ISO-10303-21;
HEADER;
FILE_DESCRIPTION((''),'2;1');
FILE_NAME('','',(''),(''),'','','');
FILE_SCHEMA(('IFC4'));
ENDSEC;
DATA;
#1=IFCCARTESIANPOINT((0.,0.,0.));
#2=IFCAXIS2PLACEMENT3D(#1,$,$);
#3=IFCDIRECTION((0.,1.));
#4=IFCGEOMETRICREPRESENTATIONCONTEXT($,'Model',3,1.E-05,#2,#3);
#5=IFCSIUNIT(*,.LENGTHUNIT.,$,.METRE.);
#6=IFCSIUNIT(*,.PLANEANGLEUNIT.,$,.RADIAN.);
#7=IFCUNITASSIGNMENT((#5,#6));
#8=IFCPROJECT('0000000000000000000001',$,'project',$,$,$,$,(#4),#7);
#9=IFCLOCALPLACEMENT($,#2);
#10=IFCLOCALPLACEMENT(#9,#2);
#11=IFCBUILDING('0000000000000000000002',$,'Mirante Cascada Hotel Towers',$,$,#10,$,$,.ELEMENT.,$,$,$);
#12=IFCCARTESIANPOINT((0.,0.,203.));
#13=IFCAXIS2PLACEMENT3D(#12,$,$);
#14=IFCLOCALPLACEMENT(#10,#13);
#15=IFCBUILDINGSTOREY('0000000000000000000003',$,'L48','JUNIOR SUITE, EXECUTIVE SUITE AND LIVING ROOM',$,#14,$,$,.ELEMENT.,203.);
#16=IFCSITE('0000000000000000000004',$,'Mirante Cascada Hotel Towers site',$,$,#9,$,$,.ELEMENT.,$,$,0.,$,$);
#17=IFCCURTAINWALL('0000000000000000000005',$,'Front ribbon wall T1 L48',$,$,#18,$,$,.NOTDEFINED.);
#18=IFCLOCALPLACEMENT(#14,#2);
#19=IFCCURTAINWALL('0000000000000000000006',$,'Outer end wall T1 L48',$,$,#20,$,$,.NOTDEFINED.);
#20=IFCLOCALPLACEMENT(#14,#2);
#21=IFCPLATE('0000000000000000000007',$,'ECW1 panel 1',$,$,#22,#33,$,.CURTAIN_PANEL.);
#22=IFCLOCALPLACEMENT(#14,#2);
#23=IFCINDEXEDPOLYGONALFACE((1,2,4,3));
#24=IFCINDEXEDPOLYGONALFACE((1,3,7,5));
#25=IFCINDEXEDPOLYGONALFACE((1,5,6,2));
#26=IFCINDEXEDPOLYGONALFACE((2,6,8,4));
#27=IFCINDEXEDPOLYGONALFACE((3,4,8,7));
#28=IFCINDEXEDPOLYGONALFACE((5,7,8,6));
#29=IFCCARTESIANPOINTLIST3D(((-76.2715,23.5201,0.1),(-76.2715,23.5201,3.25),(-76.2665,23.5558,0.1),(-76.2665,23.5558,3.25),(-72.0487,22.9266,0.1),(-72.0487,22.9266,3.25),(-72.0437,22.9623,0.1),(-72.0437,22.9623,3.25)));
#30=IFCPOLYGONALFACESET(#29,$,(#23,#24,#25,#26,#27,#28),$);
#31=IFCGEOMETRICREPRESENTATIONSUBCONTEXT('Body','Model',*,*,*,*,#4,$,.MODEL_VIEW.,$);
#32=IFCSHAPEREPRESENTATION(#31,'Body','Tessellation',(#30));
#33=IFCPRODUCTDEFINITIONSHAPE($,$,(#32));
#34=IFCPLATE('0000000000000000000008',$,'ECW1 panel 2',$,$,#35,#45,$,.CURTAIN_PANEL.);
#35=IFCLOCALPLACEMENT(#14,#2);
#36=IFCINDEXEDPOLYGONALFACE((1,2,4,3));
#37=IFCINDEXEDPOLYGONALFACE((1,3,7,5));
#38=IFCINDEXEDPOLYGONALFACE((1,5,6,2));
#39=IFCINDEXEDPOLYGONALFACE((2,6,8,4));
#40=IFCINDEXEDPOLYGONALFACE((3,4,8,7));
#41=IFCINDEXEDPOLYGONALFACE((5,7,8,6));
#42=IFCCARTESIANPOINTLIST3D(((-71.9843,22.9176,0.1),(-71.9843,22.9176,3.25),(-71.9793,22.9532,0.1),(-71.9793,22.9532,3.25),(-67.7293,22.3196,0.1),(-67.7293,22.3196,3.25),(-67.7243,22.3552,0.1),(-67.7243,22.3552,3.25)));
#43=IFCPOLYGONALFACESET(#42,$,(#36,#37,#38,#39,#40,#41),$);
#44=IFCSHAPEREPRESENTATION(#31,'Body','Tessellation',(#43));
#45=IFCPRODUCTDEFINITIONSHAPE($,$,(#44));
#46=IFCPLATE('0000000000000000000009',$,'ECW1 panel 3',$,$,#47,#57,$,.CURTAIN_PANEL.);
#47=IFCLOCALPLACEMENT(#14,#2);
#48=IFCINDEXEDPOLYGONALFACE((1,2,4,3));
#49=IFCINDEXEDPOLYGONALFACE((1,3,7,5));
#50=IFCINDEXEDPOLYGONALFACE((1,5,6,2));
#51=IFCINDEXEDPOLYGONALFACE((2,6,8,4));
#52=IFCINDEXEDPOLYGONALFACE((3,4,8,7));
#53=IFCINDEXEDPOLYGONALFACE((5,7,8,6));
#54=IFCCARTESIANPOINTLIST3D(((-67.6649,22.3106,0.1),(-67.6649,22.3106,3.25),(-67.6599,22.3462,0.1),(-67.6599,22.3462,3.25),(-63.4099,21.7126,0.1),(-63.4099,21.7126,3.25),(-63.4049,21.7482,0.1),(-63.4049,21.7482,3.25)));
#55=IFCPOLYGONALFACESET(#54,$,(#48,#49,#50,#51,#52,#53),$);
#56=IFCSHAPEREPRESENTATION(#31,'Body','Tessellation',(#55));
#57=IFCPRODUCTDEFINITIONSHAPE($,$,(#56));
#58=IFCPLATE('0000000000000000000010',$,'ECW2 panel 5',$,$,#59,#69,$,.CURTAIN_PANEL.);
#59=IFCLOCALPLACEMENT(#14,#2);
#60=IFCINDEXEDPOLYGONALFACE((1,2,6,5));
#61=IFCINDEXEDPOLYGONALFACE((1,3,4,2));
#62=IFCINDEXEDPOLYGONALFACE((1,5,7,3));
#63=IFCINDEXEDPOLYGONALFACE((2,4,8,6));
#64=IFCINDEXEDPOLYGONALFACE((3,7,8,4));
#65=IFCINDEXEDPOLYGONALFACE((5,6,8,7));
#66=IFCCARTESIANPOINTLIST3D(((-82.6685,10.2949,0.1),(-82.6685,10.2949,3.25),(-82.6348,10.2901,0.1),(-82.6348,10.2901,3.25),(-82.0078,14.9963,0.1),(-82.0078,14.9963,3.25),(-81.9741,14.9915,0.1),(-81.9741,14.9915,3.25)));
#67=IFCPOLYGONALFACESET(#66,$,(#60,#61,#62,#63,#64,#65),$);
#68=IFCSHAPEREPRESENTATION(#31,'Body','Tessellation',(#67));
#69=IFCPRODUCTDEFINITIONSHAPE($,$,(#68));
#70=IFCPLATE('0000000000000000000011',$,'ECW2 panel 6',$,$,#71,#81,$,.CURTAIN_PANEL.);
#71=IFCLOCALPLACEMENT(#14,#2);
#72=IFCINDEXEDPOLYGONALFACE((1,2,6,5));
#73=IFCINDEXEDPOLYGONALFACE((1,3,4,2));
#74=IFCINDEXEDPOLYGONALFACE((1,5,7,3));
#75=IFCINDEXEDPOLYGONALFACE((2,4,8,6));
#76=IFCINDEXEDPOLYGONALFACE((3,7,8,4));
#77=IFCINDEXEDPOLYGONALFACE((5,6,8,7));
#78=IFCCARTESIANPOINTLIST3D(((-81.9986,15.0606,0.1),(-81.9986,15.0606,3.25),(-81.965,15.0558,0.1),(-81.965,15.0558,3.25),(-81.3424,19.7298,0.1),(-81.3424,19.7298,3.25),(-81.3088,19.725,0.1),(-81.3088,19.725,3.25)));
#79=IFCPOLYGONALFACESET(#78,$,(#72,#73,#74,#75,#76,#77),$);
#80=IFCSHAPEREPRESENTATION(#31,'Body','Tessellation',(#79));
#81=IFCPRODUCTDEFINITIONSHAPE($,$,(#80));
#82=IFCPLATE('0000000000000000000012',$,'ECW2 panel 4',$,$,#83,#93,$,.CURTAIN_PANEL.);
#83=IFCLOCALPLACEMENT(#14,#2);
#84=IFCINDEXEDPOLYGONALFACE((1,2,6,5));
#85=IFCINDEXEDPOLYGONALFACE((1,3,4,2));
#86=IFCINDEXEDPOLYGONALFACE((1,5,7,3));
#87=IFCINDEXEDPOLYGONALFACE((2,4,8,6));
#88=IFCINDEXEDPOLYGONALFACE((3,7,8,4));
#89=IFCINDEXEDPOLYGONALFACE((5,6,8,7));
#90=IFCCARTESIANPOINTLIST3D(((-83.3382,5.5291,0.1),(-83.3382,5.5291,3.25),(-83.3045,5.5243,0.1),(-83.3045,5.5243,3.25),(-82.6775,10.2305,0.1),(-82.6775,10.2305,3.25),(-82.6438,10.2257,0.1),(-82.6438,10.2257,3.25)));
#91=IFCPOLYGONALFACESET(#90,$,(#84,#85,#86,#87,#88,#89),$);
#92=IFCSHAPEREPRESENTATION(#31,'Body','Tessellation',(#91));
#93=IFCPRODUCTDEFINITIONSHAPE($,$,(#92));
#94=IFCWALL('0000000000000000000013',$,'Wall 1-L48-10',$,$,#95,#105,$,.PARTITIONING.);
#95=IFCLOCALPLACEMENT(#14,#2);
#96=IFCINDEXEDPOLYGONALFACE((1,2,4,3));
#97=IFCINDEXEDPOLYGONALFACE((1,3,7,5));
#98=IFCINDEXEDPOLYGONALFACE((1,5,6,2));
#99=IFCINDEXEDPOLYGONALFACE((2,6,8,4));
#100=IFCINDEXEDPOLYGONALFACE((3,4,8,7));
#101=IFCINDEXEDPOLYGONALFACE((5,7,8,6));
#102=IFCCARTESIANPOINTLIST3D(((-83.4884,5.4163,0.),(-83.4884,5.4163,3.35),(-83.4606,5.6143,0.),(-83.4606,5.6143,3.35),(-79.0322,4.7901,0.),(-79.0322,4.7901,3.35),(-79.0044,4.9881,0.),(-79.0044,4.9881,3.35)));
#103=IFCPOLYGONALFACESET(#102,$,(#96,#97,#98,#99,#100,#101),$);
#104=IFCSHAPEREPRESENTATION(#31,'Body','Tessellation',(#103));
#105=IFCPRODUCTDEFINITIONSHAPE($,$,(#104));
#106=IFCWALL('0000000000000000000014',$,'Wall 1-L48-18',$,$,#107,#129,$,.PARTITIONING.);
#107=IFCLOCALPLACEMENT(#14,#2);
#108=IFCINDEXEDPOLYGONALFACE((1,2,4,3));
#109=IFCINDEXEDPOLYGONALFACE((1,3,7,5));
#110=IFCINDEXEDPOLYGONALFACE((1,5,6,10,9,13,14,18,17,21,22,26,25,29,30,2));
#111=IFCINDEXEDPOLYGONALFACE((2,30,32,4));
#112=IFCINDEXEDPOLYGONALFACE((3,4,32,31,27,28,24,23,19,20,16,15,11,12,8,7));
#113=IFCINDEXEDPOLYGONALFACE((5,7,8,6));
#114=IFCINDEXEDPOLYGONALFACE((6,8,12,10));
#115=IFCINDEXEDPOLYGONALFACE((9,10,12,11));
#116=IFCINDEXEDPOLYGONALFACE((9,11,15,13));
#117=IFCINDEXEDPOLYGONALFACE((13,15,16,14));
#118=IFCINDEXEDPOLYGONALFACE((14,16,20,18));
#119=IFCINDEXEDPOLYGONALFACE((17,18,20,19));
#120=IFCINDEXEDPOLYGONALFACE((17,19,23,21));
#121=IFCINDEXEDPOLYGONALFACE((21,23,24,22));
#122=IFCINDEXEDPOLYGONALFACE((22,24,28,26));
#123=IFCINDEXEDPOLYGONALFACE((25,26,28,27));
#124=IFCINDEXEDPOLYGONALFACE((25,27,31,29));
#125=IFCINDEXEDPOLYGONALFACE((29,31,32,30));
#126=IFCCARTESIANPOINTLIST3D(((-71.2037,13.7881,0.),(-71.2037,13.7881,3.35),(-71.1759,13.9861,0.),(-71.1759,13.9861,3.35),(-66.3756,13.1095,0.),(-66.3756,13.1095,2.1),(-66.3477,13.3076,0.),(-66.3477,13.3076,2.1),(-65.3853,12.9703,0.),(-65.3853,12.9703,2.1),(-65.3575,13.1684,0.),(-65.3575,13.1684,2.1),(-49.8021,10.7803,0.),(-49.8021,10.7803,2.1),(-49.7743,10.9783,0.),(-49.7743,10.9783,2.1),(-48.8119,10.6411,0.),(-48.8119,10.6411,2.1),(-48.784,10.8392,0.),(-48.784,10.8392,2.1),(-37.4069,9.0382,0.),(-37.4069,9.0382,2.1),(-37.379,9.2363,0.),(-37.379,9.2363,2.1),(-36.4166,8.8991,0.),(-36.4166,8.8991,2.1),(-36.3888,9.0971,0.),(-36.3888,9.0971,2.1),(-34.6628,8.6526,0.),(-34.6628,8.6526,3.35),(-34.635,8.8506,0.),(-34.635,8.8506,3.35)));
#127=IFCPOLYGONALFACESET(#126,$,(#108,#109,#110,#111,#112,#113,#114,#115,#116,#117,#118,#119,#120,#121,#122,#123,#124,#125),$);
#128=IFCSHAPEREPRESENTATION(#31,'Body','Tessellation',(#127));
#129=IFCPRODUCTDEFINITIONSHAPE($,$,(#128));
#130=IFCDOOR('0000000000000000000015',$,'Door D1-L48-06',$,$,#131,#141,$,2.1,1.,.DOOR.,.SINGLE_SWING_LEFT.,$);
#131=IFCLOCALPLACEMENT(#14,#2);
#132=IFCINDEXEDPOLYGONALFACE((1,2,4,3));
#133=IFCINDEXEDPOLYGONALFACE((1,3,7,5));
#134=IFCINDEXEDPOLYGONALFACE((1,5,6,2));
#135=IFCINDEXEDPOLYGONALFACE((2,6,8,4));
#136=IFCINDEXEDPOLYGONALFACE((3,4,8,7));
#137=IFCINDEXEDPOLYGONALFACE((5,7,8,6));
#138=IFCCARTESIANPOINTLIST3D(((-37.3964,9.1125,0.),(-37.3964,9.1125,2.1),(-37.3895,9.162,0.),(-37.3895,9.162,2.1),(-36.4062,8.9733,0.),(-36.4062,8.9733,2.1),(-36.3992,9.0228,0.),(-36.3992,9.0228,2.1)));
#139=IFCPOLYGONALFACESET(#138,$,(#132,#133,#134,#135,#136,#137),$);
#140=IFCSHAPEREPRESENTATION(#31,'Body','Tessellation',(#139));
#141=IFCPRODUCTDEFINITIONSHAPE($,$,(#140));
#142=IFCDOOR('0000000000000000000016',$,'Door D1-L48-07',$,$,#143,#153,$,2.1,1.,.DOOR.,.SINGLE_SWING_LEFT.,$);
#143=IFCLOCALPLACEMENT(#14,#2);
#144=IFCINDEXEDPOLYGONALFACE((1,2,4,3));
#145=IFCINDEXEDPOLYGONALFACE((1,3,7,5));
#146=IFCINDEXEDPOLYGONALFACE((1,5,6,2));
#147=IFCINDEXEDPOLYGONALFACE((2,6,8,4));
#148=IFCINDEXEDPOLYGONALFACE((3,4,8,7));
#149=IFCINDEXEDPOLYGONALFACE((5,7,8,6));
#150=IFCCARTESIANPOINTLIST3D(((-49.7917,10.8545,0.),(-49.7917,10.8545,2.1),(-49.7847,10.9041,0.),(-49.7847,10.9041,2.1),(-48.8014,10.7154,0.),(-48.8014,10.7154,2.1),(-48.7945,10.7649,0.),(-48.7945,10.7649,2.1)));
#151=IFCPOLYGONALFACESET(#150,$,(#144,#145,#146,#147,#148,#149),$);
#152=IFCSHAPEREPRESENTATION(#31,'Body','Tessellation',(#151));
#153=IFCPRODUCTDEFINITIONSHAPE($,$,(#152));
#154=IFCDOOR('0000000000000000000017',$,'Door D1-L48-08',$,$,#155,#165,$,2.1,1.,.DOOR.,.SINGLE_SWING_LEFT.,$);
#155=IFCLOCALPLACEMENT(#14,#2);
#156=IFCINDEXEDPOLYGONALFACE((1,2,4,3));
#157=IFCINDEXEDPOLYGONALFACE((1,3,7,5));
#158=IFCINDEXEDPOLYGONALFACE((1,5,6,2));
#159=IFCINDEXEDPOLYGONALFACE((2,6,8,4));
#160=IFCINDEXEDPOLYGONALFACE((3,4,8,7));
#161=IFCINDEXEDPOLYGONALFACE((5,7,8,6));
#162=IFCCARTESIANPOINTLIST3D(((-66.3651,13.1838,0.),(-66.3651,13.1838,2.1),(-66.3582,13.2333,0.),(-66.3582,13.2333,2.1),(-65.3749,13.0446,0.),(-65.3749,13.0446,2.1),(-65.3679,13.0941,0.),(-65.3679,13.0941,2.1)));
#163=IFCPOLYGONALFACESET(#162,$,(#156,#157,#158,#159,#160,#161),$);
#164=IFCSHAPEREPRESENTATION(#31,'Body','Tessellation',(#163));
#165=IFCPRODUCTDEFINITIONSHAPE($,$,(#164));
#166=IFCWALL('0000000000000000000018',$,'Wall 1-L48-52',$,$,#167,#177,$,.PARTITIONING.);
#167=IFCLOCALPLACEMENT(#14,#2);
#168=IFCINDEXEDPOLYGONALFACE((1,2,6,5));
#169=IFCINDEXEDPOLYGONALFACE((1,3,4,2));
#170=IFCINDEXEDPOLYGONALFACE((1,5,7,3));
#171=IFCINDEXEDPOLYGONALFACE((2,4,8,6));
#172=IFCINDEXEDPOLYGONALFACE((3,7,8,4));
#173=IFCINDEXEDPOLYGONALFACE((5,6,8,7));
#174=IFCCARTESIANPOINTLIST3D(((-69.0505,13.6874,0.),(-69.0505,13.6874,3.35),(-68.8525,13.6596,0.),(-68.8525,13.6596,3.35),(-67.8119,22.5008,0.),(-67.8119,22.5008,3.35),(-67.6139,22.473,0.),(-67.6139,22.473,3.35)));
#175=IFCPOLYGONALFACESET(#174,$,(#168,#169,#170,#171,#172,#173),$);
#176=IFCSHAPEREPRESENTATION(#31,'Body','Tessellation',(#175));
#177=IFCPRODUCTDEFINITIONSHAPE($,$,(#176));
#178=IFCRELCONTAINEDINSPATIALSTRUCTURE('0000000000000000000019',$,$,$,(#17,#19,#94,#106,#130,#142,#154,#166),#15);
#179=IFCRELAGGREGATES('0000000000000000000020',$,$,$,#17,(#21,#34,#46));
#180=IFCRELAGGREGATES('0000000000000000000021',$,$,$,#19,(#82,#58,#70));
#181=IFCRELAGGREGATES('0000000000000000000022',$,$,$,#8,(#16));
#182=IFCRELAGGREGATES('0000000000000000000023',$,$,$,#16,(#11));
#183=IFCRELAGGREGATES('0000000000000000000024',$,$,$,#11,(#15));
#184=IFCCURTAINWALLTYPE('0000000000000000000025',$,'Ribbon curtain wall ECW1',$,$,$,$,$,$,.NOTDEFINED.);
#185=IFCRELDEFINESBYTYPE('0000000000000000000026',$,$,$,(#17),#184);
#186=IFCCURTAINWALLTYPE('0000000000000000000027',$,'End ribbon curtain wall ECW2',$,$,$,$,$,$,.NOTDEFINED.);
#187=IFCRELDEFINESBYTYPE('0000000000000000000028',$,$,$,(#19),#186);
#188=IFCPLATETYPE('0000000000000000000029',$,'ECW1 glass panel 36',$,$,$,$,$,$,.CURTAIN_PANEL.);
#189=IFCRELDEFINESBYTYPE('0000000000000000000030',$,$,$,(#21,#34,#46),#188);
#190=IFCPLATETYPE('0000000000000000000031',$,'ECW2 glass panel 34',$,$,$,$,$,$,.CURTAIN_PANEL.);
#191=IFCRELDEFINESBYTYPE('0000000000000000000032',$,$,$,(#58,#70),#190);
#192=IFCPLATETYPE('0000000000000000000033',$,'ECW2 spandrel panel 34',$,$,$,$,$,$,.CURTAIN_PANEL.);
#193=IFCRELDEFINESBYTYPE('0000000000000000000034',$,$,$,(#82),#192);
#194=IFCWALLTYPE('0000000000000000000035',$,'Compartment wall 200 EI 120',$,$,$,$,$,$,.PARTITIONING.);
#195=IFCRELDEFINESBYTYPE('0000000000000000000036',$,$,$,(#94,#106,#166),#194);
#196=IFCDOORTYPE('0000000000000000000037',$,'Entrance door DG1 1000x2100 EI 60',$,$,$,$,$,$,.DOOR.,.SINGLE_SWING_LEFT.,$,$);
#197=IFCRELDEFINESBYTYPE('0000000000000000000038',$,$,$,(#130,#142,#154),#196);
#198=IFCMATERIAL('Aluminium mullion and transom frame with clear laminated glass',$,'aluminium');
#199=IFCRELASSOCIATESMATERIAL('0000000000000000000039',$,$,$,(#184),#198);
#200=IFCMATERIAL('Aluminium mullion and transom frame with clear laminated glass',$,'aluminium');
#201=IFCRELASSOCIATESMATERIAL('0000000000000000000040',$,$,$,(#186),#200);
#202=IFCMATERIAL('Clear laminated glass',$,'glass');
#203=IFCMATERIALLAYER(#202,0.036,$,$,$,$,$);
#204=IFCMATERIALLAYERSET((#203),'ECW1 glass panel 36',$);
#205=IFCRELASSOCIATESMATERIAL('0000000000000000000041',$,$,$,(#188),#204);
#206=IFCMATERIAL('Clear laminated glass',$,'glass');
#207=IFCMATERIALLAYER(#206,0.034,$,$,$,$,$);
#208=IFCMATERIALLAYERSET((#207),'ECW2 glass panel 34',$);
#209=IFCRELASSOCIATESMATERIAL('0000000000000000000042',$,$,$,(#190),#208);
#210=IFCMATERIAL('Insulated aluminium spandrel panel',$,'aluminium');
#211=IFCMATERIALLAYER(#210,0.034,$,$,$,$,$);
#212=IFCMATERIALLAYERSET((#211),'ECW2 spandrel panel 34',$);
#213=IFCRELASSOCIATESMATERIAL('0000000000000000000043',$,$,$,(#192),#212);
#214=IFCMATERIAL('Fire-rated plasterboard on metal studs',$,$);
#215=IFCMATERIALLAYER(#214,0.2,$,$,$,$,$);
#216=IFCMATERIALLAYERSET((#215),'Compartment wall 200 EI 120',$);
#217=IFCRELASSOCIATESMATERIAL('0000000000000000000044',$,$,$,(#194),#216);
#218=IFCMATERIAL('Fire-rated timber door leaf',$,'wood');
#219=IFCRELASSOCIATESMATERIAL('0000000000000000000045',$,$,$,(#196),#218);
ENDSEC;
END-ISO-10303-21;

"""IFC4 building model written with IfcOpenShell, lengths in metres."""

from ifc_helpers import new_model, si_unit, direction, frame, frame_2d, origin, origin_2d, place, context, subcontext, project, spatial, rectangle, extrude, material, layer, layer_set, type_object, element, fill, aggregate, save


model = new_model("IFC4")

# Units and contexts
model_context = context("Model", 3, precision=1e-05, world=origin(), true_north=direction((0.0, 1.0)))
body_context = subcontext(model_context, "Body", "Model", "MODEL_VIEW")
ifc_project = project(units=[si_unit("LENGTHUNIT", "METRE"), si_unit("PLANEANGLEUNIT", "RADIAN")], contexts=[model_context])

# Site, building, storey
site_placement = place(None, origin())
site = spatial("IfcSite", under=ifc_project, at=site_placement, Name="Mirante Cascada Hotel Towers site", CompositionType="ELEMENT", RefElevation=0.0)
building_placement = place(site_placement, origin())
building = spatial("IfcBuilding", under=site, at=building_placement, Name="Mirante Cascada Hotel Towers", CompositionType="ELEMENT")
storey_placement = place(building_placement, frame((0.0, 0.0, 203.0)))
storey = spatial("IfcBuildingStorey", under=building, at=storey_placement, Name="L48", Description="JUNIOR SUITE, EXECUTIVE SUITE AND LIVING ROOM", CompositionType="ELEMENT", Elevation=203.0)

# Curtain walls
ifc_material_1 = material(Name="Aluminium mullion and transom frame with clear laminated glass", Category="aluminium")
curtain_wall_type_1 = type_object("IfcCurtainWallType", Name="Ribbon curtain wall ECW1", PredefinedType="NOTDEFINED", material=ifc_material_1)
curtain_wall_1_placement = place(storey_placement, origin())
curtain_wall_1 = element("IfcCurtainWall", 1, at=curtain_wall_1_placement, inside=storey, type_object=curtain_wall_type_1, Name="Front ribbon wall T1 L48", PredefinedType="NOTDEFINED")
ifc_material_2 = material(Name="Aluminium mullion and transom frame with clear laminated glass", Category="aluminium")
curtain_wall_type_2 = type_object("IfcCurtainWallType", Name="End ribbon curtain wall ECW2", PredefinedType="NOTDEFINED", material=ifc_material_2)
curtain_wall_2_placement = place(storey_placement, origin())
curtain_wall_2 = element("IfcCurtainWall", 2, at=curtain_wall_2_placement, inside=storey, type_object=curtain_wall_type_2, Name="Outer end wall T1 L48", PredefinedType="NOTDEFINED")

# Plates
ifc_material_3 = material(Name="Clear laminated glass", Category="glass")
ifc_layer_1 = layer(ifc_material_3, 0.036)
ifc_layer_set_1 = layer_set([ifc_layer_1], Name="ECW1 glass panel 36")
plate_type_1 = type_object("IfcPlateType", Name="ECW1 glass panel 36", PredefinedType="CURTAIN_PANEL", material=ifc_layer_set_1)
plate_1_placement = place(storey_placement, frame((-74.1576, 23.2412, 0.1), z_axis=(0.0, 0.0, 1.0), x_axis=(0.990268, -0.139173, 0.0)))
plate_1 = element("IfcPlate", 3, at=plate_1_placement, type_object=plate_type_1, Name="ECW1 panel 1", PredefinedType="CURTAIN_PANEL", context=body_context, shape_type="SweptSolid", body=[
    extrude(rectangle(XDim=4.2643, YDim=0.036, at=origin_2d()), origin(), (0.0, 0.0, 1.0), 3.15),
])
plate_2_placement = place(storey_placement, frame((-69.8543, 22.6364, 0.1), z_axis=(0.0, 0.0, 1.0), x_axis=(0.990268, -0.139173, 0.0)))
plate_2 = element("IfcPlate", 4, at=plate_2_placement, type_object=plate_type_1, Name="ECW1 panel 2", PredefinedType="CURTAIN_PANEL", context=body_context, shape_type="SweptSolid", body=[
    extrude(rectangle(XDim=4.2968, YDim=0.036, at=origin_2d()), origin(), (0.0, 0.0, 1.0), 3.15),
])
plate_3_placement = place(storey_placement, frame((-65.5349, 22.0294, 0.1), z_axis=(0.0, 0.0, 1.0), x_axis=(0.990268, -0.139173, 0.0)))
plate_3 = element("IfcPlate", 5, at=plate_3_placement, type_object=plate_type_1, Name="ECW1 panel 3", PredefinedType="CURTAIN_PANEL", context=body_context, shape_type="SweptSolid", body=[
    extrude(rectangle(XDim=4.2968, YDim=0.036, at=origin_2d()), origin(), (0.0, 0.0, 1.0), 3.15),
])
aggregate(curtain_wall_1, [plate_1, plate_2, plate_3])
ifc_material_4 = material(Name="Clear laminated glass", Category="glass")
ifc_layer_2 = layer(ifc_material_4, 0.034)
ifc_layer_set_2 = layer_set([ifc_layer_2], Name="ECW2 glass panel 34")
plate_type_2 = type_object("IfcPlateType", Name="ECW2 glass panel 34", PredefinedType="CURTAIN_PANEL", material=ifc_layer_set_2)
plate_4_placement = place(storey_placement, frame((-82.3213, 12.6432, 0.1), z_axis=(0.0, 0.0, 1.0), x_axis=(0.139173, 0.990268, 0.0)))
plate_4 = element("IfcPlate", 6, at=plate_4_placement, type_object=plate_type_2, Name="ECW2 panel 5", PredefinedType="CURTAIN_PANEL", context=body_context, shape_type="SweptSolid", body=[
    extrude(rectangle(XDim=4.7476, YDim=0.034, at=origin_2d()), origin(), (0.0, 0.0, 1.0), 3.15),
])
plate_5_placement = place(storey_placement, frame((-81.6537, 17.3928, 0.1), z_axis=(0.0, 0.0, 1.0), x_axis=(0.139173, 0.990268, 0.0)))
plate_5 = element("IfcPlate", 7, at=plate_5_placement, type_object=plate_type_2, Name="ECW2 panel 6", PredefinedType="CURTAIN_PANEL", context=body_context, shape_type="SweptSolid", body=[
    extrude(rectangle(XDim=4.7151, YDim=0.034, at=origin_2d()), origin(), (0.0, 0.0, 1.0), 3.15),
])
ifc_material_5 = material(Name="Insulated aluminium spandrel panel", Category="aluminium")
ifc_layer_3 = layer(ifc_material_5, 0.034)
ifc_layer_set_3 = layer_set([ifc_layer_3], Name="ECW2 spandrel panel 34")
plate_type_3 = type_object("IfcPlateType", Name="ECW2 spandrel panel 34", PredefinedType="CURTAIN_PANEL", material=ifc_layer_set_3)
plate_6_placement = place(storey_placement, frame((-82.991, 7.8774, 0.1), z_axis=(0.0, 0.0, 1.0), x_axis=(0.139173, 0.990268, 0.0)))
plate_6 = element("IfcPlate", 8, at=plate_6_placement, type_object=plate_type_3, Name="ECW2 panel 4", PredefinedType="CURTAIN_PANEL", context=body_context, shape_type="SweptSolid", body=[
    extrude(rectangle(XDim=4.7476, YDim=0.034, at=origin_2d()), origin(), (0.0, 0.0, 1.0), 3.15),
])
aggregate(curtain_wall_2, [plate_6, plate_4, plate_5])

# Wall
ifc_material_6 = material(Name="Fire-rated plasterboard on metal studs")
ifc_layer_4 = layer(ifc_material_6, 0.2)
ifc_layer_set_4 = layer_set([ifc_layer_4], Name="Compartment wall 200 EI 120")
wall_type_1 = type_object("IfcWallType", Name="Compartment wall 200 EI 120", PredefinedType="PARTITIONING", material=ifc_layer_set_4)
wall_1_placement = place(storey_placement, frame((-83.4745, 5.5153, 0.0), z_axis=(0.0, 0.0, 1.0), x_axis=(0.990271, -0.139156, 0.0)))
element("IfcWall", 9, at=wall_1_placement, inside=storey, type_object=wall_type_1, Name="Wall 1-L48-10", PredefinedType="PARTITIONING", context=body_context, shape_type="SweptSolid", body=[
    extrude(rectangle(XDim=4.5, YDim=0.2, at=frame_2d((2.25, 0.0))), origin(), (0.0, 0.0, 1.0), 3.35),
])

# Wall, openings, doors
wall_2_placement = place(storey_placement, frame((-71.1898, 13.8871, 0.0), z_axis=(0.0, 0.0, 1.0), x_axis=(0.990268, -0.139173, 0.0)))
wall_2 = element("IfcWall", 10, at=wall_2_placement, inside=storey, type_object=wall_type_1, Name="Wall 1-L48-18", PredefinedType="PARTITIONING", context=body_context, shape_type="SweptSolid", body=[
    extrude(rectangle(XDim=36.9, YDim=0.2, at=frame_2d((18.45, 0.0))), origin(), (0.0, 0.0, 1.0), 3.35),
])
opening_1_placement = place(wall_2_placement, frame((34.129, 0.0, 0.0)))
opening_1 = element("IfcOpeningElement", 11, at=opening_1_placement, cuts=wall_2, PredefinedType="OPENING", context=body_context, shape_type="SweptSolid", body=[
    extrude(rectangle(XDim=1.0, YDim=2.1, at=frame_2d((0.5, 1.05))), frame((0.0, 0.1, 0.0), z_axis=(0.0, -1.0, 0.0), x_axis=(1.0, 0.0, 0.0)), (0.0, 0.0, 1.0), 0.2),
])
opening_2_placement = place(wall_2_placement, frame((21.6119, 0.0, 0.0)))
opening_2 = element("IfcOpeningElement", 12, at=opening_2_placement, cuts=wall_2, PredefinedType="OPENING", context=body_context, shape_type="SweptSolid", body=[
    extrude(rectangle(XDim=1.0, YDim=2.1, at=frame_2d((0.5, 1.05))), frame((0.0, 0.1, 0.0), z_axis=(0.0, -1.0, 0.0), x_axis=(1.0, 0.0, 0.0)), (0.0, 0.0, 1.0), 0.2),
])
opening_3_placement = place(wall_2_placement, frame((4.8756, 0.0, 0.0)))
opening_3 = element("IfcOpeningElement", 13, at=opening_3_placement, cuts=wall_2, PredefinedType="OPENING", context=body_context, shape_type="SweptSolid", body=[
    extrude(rectangle(XDim=1.0, YDim=2.1, at=frame_2d((0.5, 1.05))), frame((0.0, 0.1, 0.0), z_axis=(0.0, -1.0, 0.0), x_axis=(1.0, 0.0, 0.0)), (0.0, 0.0, 1.0), 0.2),
])
ifc_material_7 = material(Name="Fire-rated timber door leaf", Category="wood")
door_type_1 = type_object("IfcDoorType", Name="Entrance door DG1 1000x2100 EI 60", OperationType="SINGLE_SWING_LEFT", PredefinedType="DOOR", material=ifc_material_7)
door_1_placement = place(opening_1_placement, origin())
door_1 = element("IfcDoor", 14, at=door_1_placement, inside=storey, type_object=door_type_1, Name="Door D1-L48-06", OperationType="SINGLE_SWING_LEFT", OverallHeight=2.1, OverallWidth=1.0, PredefinedType="DOOR", context=body_context, shape_type="SweptSolid", body=[
    extrude(rectangle(XDim=1.0, YDim=2.1, at=frame_2d((0.5, 1.05))), frame((0.0, 0.025, 0.0), z_axis=(0.0, -1.0, 0.0), x_axis=(1.0, 0.0, 0.0)), (0.0, 0.0, 1.0), 0.05),
])
fill(opening_1, door_1)
door_2_placement = place(opening_2_placement, origin())
door_2 = element("IfcDoor", 15, at=door_2_placement, inside=storey, type_object=door_type_1, Name="Door D1-L48-07", OperationType="SINGLE_SWING_LEFT", OverallHeight=2.1, OverallWidth=1.0, PredefinedType="DOOR", context=body_context, shape_type="SweptSolid", body=[
    extrude(rectangle(XDim=1.0, YDim=2.1, at=frame_2d((0.5, 1.05))), frame((0.0, 0.025, 0.0), z_axis=(0.0, -1.0, 0.0), x_axis=(1.0, 0.0, 0.0)), (0.0, 0.0, 1.0), 0.05),
])
fill(opening_2, door_2)
door_3_placement = place(opening_3_placement, origin())
door_3 = element("IfcDoor", 16, at=door_3_placement, inside=storey, type_object=door_type_1, Name="Door D1-L48-08", OperationType="SINGLE_SWING_LEFT", OverallHeight=2.1, OverallWidth=1.0, PredefinedType="DOOR", context=body_context, shape_type="SweptSolid", body=[
    extrude(rectangle(XDim=1.0, YDim=2.1, at=frame_2d((0.5, 1.05))), frame((0.0, 0.025, 0.0), z_axis=(0.0, -1.0, 0.0), x_axis=(1.0, 0.0, 0.0)), (0.0, 0.0, 1.0), 0.05),
])
fill(opening_3, door_3)

# Wall
wall_3_placement = place(storey_placement, frame((-67.7129, 22.4869, 0.0), z_axis=(0.0, 0.0, 1.0), x_axis=(-0.139168, -0.990269, 0.0)))
element("IfcWall", 17, at=wall_3_placement, inside=storey, type_object=wall_type_1, Name="Wall 1-L48-52", PredefinedType="PARTITIONING", context=body_context, shape_type="SweptSolid", body=[
    extrude(rectangle(XDim=8.9, YDim=0.2, at=frame_2d((4.45, 0.0))), origin(), (0.0, 0.0, 1.0), 3.35),
])

save(model, "model.ifc")
